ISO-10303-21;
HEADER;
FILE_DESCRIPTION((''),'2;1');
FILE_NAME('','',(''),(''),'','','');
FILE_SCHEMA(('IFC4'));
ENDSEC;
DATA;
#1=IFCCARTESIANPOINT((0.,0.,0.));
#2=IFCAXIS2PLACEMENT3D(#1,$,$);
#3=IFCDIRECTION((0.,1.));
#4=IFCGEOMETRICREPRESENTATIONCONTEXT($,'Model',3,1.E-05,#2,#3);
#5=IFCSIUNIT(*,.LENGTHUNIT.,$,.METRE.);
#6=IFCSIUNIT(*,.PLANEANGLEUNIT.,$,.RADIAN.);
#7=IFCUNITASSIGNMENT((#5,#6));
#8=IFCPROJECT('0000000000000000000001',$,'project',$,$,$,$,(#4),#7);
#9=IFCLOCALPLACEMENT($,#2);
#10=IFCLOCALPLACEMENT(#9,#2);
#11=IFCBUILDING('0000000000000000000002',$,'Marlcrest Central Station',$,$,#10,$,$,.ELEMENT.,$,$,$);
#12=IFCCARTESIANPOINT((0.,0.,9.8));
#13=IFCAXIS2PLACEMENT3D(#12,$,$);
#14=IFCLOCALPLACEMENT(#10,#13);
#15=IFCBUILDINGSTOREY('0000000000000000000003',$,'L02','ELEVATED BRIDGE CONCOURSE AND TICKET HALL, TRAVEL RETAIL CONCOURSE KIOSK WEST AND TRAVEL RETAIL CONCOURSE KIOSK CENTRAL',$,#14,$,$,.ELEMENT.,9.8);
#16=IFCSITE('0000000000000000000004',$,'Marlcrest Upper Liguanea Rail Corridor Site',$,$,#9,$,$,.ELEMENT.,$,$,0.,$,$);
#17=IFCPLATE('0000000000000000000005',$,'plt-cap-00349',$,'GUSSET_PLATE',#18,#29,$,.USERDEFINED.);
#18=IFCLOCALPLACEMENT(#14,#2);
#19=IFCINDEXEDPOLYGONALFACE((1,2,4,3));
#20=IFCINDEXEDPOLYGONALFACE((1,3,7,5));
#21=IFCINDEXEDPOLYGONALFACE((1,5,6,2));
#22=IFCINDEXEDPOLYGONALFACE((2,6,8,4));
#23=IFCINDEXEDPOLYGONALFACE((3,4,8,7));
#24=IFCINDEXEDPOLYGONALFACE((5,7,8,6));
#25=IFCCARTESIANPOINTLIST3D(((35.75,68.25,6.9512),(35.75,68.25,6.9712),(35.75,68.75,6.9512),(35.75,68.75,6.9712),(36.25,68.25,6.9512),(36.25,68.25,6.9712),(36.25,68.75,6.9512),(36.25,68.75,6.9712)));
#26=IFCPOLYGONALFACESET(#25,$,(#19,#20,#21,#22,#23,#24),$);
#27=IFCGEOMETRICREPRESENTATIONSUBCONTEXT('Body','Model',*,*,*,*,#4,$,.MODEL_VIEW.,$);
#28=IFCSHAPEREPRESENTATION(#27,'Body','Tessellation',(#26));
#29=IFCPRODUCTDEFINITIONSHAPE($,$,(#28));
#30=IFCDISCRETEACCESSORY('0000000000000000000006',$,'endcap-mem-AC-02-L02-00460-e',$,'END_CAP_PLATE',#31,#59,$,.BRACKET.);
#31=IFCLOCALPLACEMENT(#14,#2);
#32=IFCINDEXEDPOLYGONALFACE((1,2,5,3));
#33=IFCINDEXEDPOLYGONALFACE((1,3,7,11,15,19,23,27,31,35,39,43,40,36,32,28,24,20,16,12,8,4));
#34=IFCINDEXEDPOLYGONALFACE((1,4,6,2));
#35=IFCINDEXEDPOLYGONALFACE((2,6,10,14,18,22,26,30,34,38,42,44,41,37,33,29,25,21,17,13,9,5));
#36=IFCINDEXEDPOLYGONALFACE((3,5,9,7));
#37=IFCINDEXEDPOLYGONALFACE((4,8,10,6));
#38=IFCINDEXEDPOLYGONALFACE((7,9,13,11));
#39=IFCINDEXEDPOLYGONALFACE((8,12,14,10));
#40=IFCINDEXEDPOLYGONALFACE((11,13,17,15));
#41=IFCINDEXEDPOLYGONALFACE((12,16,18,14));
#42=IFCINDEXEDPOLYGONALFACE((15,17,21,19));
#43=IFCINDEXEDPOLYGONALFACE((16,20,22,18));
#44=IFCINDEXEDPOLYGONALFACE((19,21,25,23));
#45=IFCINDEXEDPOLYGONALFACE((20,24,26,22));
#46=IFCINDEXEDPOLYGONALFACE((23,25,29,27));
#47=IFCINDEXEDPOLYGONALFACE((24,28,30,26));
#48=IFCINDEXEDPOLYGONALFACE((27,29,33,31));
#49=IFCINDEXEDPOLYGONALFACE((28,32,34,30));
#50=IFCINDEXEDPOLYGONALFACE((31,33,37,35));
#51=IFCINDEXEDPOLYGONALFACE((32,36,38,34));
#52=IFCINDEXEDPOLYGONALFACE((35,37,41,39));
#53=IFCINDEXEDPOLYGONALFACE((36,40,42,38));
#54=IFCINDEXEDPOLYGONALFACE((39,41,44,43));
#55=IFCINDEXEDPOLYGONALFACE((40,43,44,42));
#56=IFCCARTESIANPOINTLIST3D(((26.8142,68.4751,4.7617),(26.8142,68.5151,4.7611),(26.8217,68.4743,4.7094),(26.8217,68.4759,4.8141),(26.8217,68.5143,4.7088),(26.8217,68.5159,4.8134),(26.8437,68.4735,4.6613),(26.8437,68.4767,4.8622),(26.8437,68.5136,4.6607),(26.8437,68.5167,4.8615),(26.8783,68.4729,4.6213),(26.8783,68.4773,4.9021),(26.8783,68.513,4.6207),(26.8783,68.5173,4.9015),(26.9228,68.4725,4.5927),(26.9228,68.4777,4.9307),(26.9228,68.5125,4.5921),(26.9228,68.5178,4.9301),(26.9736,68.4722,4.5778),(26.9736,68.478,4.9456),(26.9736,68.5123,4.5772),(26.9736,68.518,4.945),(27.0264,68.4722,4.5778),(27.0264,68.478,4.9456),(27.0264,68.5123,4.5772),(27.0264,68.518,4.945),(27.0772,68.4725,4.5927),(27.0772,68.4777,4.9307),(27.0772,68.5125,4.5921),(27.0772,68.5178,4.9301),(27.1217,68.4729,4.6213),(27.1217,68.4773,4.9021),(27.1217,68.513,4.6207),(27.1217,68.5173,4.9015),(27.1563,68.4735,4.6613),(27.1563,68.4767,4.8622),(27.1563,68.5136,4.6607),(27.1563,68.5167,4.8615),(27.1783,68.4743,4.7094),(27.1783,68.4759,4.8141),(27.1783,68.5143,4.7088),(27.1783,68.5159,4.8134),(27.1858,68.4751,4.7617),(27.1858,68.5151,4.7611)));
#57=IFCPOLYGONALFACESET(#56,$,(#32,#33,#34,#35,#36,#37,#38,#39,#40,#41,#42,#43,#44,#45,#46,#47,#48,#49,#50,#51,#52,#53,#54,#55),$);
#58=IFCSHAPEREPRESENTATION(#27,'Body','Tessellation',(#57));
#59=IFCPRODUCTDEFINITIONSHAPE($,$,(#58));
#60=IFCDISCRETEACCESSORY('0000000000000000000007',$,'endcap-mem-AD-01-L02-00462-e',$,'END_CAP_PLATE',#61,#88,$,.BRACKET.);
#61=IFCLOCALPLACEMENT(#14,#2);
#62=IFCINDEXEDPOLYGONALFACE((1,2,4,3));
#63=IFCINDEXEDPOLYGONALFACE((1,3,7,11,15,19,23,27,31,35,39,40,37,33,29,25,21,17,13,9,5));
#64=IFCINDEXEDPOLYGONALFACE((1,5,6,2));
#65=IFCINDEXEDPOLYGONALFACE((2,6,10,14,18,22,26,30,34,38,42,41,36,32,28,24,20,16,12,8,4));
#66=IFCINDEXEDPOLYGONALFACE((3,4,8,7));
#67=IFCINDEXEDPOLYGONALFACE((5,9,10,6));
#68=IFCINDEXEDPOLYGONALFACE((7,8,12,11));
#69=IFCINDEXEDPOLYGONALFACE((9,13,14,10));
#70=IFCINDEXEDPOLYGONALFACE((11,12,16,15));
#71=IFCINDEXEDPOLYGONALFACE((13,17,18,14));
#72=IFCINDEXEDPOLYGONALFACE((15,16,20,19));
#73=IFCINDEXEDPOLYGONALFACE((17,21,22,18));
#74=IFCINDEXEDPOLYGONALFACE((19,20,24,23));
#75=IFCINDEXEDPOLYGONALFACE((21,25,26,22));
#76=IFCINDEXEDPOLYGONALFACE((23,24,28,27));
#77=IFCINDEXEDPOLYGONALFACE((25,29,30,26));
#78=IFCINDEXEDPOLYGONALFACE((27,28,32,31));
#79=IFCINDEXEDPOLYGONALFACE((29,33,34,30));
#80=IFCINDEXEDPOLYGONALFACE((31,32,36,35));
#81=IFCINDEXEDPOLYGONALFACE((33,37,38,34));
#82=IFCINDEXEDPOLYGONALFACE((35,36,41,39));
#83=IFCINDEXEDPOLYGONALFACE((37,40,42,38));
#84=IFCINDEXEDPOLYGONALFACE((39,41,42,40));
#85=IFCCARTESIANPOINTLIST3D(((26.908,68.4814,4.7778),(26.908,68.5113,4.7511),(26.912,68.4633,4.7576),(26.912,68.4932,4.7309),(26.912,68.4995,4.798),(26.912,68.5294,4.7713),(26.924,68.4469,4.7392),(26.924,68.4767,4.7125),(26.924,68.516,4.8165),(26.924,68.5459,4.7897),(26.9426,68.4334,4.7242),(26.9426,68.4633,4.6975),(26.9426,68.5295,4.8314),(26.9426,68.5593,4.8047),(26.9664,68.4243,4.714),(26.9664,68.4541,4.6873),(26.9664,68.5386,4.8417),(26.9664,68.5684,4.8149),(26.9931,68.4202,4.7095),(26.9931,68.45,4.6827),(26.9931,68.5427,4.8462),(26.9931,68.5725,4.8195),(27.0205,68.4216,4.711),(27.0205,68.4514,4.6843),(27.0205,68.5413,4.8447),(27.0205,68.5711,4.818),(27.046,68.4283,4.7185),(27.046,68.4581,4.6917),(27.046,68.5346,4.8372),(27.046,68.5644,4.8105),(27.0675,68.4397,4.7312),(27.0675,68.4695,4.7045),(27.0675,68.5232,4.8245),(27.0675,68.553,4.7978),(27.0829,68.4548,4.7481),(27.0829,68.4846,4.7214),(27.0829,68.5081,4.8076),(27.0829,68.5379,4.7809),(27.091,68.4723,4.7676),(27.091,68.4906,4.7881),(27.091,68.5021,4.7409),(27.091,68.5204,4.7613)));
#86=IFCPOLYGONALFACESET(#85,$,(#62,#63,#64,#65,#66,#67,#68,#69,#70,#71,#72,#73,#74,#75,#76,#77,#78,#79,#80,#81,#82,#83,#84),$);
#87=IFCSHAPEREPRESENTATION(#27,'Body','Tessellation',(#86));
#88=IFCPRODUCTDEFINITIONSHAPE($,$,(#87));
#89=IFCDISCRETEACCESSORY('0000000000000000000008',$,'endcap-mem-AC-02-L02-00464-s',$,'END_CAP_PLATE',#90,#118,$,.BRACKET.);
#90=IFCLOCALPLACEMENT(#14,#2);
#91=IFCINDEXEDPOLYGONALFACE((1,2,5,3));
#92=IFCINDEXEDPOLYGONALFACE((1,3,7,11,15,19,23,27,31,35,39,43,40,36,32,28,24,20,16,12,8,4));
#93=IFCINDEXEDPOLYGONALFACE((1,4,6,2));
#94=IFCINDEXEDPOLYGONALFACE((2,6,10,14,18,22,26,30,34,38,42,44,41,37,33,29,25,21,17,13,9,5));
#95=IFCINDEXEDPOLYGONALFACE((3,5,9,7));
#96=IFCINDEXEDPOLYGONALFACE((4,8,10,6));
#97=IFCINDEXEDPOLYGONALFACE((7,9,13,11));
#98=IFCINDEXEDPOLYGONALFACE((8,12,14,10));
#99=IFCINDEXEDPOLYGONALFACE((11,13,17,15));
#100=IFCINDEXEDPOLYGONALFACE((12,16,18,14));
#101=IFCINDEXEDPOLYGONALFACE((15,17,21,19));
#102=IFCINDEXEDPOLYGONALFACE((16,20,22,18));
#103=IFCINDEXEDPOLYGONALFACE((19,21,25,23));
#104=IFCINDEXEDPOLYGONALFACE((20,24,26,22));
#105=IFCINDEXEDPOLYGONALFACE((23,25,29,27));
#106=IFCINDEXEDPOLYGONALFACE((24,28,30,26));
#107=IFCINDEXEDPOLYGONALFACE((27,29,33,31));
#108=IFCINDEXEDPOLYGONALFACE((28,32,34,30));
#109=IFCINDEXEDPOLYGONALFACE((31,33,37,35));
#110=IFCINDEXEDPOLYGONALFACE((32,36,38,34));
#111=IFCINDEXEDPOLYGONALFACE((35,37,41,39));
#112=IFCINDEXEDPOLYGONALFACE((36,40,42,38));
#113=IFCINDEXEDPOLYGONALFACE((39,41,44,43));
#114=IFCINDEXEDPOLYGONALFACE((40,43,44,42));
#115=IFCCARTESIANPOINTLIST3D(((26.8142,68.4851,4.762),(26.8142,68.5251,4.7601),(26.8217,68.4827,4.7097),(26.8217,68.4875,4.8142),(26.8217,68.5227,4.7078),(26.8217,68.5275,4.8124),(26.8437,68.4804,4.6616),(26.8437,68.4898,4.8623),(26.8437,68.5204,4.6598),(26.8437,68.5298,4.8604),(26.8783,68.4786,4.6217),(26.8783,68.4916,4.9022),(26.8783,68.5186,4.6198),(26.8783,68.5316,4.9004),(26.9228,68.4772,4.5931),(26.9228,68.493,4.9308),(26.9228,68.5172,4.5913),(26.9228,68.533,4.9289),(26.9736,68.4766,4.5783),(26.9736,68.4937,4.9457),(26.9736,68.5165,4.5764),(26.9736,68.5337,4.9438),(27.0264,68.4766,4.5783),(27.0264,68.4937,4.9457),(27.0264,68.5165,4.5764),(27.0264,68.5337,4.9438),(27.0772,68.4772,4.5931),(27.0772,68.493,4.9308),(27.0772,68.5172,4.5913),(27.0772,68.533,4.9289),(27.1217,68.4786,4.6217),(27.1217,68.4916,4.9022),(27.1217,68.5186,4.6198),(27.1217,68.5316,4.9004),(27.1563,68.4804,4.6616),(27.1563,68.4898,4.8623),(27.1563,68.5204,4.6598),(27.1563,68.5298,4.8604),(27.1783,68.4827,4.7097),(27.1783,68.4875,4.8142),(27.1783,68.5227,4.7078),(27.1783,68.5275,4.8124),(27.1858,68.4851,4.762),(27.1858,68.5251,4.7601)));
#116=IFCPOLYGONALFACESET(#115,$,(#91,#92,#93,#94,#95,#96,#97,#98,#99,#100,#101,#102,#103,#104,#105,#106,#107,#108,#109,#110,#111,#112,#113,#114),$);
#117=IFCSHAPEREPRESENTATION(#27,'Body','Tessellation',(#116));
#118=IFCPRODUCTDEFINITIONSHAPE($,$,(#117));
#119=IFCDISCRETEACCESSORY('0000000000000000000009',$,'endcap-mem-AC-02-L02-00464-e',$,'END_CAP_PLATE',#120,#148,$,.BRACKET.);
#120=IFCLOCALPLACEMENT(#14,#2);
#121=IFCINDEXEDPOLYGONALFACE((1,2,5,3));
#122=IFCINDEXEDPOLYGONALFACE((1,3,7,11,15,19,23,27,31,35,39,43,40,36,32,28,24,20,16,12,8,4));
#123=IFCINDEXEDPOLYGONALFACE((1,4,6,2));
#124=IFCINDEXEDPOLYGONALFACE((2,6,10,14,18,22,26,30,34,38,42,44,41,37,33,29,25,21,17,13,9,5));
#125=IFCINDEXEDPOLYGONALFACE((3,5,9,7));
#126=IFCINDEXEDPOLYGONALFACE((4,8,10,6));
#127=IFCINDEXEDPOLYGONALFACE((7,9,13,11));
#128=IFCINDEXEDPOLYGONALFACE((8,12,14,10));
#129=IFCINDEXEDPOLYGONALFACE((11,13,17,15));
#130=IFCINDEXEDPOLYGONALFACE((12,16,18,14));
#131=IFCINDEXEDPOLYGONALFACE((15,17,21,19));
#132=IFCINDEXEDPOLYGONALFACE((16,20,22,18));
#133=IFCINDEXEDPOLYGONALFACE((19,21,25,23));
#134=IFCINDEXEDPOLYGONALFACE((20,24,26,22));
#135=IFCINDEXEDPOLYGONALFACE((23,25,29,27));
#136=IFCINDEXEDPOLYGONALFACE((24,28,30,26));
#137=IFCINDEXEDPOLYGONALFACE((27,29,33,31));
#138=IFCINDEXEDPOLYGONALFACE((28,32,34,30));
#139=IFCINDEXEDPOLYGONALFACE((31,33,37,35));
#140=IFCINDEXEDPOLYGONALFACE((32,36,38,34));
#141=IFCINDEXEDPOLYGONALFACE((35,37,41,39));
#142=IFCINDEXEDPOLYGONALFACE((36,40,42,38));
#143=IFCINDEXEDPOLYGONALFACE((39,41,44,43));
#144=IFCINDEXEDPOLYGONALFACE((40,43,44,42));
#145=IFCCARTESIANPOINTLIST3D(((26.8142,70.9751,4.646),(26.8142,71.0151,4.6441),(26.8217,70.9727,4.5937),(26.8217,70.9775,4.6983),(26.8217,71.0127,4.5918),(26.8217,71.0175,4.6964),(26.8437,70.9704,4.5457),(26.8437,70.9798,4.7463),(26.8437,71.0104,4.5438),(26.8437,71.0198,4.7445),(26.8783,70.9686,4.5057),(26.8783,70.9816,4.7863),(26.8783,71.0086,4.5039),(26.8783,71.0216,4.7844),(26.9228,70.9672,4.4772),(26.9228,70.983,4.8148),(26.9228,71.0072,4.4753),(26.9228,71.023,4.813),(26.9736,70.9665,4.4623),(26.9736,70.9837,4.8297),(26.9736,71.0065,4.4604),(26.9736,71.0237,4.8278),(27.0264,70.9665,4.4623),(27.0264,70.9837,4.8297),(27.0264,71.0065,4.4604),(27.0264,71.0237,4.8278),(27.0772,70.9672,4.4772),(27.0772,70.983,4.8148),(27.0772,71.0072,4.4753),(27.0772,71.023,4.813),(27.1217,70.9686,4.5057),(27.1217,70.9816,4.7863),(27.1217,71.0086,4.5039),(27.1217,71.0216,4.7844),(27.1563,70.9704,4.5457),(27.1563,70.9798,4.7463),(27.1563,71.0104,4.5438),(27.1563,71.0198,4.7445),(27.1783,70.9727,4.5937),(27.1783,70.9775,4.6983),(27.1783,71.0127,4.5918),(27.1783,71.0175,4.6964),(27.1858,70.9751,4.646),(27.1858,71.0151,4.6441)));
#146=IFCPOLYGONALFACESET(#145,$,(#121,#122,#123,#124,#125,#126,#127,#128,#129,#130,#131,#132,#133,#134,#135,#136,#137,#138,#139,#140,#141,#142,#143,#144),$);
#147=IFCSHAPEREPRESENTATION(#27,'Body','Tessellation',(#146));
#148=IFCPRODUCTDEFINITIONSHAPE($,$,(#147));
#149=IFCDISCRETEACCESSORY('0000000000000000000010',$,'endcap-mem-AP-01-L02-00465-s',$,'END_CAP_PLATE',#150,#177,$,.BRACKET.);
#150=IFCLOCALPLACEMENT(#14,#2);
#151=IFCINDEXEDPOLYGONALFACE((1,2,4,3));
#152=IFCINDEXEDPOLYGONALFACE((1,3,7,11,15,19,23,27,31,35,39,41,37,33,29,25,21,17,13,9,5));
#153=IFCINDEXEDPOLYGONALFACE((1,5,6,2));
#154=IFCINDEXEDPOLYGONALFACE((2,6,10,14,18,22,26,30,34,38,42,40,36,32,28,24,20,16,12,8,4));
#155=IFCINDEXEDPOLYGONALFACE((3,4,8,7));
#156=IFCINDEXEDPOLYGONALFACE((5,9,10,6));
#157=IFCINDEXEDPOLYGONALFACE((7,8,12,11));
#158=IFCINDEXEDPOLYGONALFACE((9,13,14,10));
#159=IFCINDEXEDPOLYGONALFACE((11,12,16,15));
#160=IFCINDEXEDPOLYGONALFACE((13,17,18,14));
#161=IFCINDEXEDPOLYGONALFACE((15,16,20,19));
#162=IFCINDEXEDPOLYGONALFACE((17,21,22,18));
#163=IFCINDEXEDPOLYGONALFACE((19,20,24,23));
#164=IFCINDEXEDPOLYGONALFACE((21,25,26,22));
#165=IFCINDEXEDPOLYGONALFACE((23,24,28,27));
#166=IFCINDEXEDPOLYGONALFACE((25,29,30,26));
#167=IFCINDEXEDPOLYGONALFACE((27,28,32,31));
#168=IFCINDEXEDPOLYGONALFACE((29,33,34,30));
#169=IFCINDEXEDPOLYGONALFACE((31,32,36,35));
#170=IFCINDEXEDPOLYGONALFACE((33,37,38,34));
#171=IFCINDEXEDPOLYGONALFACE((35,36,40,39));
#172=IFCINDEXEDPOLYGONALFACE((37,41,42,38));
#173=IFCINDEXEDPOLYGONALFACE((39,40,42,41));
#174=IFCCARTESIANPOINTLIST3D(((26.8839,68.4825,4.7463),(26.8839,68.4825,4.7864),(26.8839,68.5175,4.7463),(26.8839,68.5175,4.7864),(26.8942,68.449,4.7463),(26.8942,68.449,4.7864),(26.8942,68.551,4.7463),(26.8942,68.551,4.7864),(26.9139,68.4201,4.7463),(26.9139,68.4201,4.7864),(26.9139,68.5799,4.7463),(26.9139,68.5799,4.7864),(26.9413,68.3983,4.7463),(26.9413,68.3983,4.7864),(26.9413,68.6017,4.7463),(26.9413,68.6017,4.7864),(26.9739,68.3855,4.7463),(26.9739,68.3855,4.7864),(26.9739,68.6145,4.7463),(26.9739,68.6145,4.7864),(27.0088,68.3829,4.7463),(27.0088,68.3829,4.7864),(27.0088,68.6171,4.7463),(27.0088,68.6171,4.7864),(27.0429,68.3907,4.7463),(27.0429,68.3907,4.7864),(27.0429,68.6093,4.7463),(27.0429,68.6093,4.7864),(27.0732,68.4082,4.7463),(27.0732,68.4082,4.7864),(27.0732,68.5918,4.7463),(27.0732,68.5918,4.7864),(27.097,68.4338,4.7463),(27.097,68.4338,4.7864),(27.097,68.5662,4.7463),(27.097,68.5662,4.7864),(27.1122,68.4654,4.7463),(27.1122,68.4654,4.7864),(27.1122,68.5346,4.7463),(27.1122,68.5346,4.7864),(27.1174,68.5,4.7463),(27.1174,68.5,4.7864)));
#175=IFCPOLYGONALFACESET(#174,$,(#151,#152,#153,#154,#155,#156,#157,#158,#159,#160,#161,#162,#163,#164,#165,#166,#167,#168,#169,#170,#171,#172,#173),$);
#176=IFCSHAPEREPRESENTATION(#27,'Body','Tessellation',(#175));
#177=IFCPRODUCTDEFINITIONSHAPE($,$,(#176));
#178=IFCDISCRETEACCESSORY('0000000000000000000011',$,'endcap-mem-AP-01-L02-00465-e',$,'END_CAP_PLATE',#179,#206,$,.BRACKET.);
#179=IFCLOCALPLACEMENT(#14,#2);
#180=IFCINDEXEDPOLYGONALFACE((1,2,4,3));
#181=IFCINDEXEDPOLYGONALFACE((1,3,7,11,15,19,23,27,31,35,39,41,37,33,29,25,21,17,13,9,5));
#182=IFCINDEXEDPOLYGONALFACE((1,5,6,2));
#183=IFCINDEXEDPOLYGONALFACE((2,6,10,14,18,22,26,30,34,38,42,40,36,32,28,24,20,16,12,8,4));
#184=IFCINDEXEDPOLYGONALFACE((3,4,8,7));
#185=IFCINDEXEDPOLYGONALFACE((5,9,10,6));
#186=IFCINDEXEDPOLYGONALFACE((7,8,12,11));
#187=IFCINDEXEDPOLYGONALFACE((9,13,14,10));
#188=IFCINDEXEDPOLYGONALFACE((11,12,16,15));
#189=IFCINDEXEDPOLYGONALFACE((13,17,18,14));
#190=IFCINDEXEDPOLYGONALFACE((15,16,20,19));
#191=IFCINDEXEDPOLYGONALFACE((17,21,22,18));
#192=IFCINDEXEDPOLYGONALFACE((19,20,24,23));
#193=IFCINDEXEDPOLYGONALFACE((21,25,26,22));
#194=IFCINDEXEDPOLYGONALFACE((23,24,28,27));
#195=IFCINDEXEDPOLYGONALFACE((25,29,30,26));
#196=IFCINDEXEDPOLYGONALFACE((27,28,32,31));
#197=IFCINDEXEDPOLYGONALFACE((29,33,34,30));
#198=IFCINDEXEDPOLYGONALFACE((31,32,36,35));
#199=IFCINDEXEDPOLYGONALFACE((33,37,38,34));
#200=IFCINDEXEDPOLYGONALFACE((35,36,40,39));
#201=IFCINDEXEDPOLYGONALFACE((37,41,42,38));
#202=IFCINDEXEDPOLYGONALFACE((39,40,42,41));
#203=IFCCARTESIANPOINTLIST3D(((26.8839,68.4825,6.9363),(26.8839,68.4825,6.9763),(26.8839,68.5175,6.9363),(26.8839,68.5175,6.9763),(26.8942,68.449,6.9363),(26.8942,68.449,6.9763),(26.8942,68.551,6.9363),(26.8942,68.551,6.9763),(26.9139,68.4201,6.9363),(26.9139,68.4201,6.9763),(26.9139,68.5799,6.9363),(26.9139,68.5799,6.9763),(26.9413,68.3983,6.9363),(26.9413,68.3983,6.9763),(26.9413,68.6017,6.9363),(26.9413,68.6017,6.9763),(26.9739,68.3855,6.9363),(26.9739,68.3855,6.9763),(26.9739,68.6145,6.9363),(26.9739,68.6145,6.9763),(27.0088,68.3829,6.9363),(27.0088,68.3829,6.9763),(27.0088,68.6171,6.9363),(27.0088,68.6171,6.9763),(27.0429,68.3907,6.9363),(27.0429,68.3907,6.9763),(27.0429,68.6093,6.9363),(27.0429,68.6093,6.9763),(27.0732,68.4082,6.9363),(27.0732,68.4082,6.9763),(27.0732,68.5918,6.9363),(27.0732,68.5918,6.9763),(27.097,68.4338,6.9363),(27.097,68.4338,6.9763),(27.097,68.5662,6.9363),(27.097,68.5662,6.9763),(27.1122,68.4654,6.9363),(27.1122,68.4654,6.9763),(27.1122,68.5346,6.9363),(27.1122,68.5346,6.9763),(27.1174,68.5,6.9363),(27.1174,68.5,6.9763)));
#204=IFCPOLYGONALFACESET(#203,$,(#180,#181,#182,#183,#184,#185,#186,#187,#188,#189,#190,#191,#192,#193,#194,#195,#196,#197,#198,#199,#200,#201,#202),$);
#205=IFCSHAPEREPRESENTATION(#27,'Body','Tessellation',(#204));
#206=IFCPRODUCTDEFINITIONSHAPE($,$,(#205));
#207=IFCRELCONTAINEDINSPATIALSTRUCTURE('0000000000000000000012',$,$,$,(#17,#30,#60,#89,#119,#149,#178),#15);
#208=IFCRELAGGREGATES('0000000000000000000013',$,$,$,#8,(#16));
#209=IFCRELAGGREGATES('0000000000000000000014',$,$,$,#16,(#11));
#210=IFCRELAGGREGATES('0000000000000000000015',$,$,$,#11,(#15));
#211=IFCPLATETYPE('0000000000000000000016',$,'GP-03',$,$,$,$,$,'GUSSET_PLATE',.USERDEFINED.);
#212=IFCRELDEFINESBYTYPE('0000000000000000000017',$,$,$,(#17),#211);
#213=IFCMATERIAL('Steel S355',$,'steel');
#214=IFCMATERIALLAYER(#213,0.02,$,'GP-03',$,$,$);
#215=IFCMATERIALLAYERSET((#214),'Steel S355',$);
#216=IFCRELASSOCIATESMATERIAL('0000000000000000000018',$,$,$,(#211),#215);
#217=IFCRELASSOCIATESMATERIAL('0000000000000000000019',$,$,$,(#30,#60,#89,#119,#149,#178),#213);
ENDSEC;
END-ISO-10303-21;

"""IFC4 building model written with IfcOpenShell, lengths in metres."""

from ifc_helpers import new_model, si_unit, direction, frame, origin, origin_2d, place, context, subcontext, project, spatial, rectangle, circle, extrude, material, layer, layer_set, type_object, element, save


model = new_model("IFC4")

# Units and contexts
model_context = context("Model", 3, precision=1e-05, world=origin(), true_north=direction((0.0, 1.0)))
body_context = subcontext(model_context, "Body", "Model", "MODEL_VIEW")
ifc_project = project(units=[si_unit("LENGTHUNIT", "METRE"), si_unit("PLANEANGLEUNIT", "RADIAN")], contexts=[model_context])

# Site, building, storey
site_placement = place(None, origin())
site = spatial("IfcSite", under=ifc_project, at=site_placement, Name="Marlcrest Upper Liguanea Rail Corridor Site", CompositionType="ELEMENT", RefElevation=0.0)
building_placement = place(site_placement, origin())
building = spatial("IfcBuilding", under=site, at=building_placement, Name="Marlcrest Central Station", CompositionType="ELEMENT")
storey_placement = place(building_placement, frame((0.0, 0.0, 9.8)))
storey = spatial("IfcBuildingStorey", under=building, at=storey_placement, Name="L02", Description="ELEVATED BRIDGE CONCOURSE AND TICKET HALL, TRAVEL RETAIL CONCOURSE KIOSK WEST AND TRAVEL RETAIL CONCOURSE KIOSK CENTRAL", CompositionType="ELEMENT", Elevation=9.8)

# Shared definitions
ifc_material = material(Name="Steel S355", Category="steel")

# Plate
ifc_layer = layer(ifc_material, 0.02, Name="GP-03")
ifc_layer_set = layer_set([ifc_layer], Name="Steel S355")
plate_type = type_object("IfcPlateType", Name="GP-03", ElementType="GUSSET_PLATE", PredefinedType="USERDEFINED", material=ifc_layer_set)
for number, where, z_axis, x_axis, name in (
    (1, (36.0, 68.5, 6.9512), (0.0, 0.0, 1.0), (1.0, 0.0, 0.0), "plt-cap-00349"),
):
    element("IfcPlate", number, at=place(storey_placement, frame(where, z_axis=z_axis, x_axis=x_axis)), inside=storey, type_object=plate_type, Name=name, ObjectType="GUSSET_PLATE", PredefinedType="USERDEFINED", context=body_context, shape_type="SweptSolid", body=[
        extrude(rectangle(XDim=0.5, YDim=0.5, at=origin_2d()), origin(), (0.0, 0.0, 1.0), 0.02),
    ])

# Discrete accessories
discrete_accessory_1_placement = place(storey_placement, frame((27.0, 68.4751, 4.7617), z_axis=(0.0, 0.999879, -0.015525), x_axis=(-1.0, 0.0, 0.0)))
element("IfcDiscreteAccessory", 2, at=discrete_accessory_1_placement, inside=storey, material=ifc_material, Name="endcap-mem-AC-02-L02-00460-e", ObjectType="END_CAP_PLATE", PredefinedType="BRACKET", context=body_context, shape_type="SweptSolid", body=[
    extrude(circle(Radius=0.1858, at=origin_2d()), origin(), (0.0, 0.0, 1.0), 0.04),
])
discrete_accessory_2_placement = place(storey_placement, frame((27.0, 68.4814, 4.7778), z_axis=(0.0, 0.744956, -0.667114), x_axis=(-1.0, 0.0, 0.0)))
element("IfcDiscreteAccessory", 3, at=discrete_accessory_2_placement, inside=storey, material=ifc_material, Name="endcap-mem-AD-01-L02-00462-e", ObjectType="END_CAP_PLATE", PredefinedType="BRACKET", context=body_context, shape_type="SweptSolid", body=[
    extrude(circle(Radius=0.092, at=origin_2d()), origin(), (0.0, 0.0, 1.0), 0.04),
])
for number, where, z_axis, x_axis, name in (
    (4, (27.0, 68.4851, 4.762), (0.0, 0.998917, -0.046532), (-1.0, 0.0, 0.0), "endcap-mem-AC-02-L02-00464-s"),
    (5, (27.0, 70.9751, 4.646), (0.0, 0.998917, -0.046532), (-1.0, 0.0, 0.0), "endcap-mem-AC-02-L02-00464-e"),
):
    element("IfcDiscreteAccessory", number, at=place(storey_placement, frame(where, z_axis=z_axis, x_axis=x_axis)), inside=storey, material=ifc_material, Name=name, ObjectType="END_CAP_PLATE", PredefinedType="BRACKET", context=body_context, shape_type="SweptSolid", body=[
        extrude(circle(Radius=0.1858, at=origin_2d()), origin(), (0.0, 0.0, 1.0), 0.04),
    ])
for number, where, z_axis, x_axis, name in (
    (6, (27.0, 68.5, 4.7463), (0.0, 0.0, 1.0), (1.0, 0.0, 0.0), "endcap-mem-AP-01-L02-00465-s"),
    (7, (27.0, 68.5, 6.9363), (0.0, 0.0, 1.0), (1.0, 0.0, 0.0), "endcap-mem-AP-01-L02-00465-e"),
):
    element("IfcDiscreteAccessory", number, at=place(storey_placement, frame(where, z_axis=z_axis, x_axis=x_axis)), inside=storey, material=ifc_material, Name=name, ObjectType="END_CAP_PLATE", PredefinedType="BRACKET", context=body_context, shape_type="SweptSolid", body=[
        extrude(circle(Radius=0.1174, at=origin_2d()), origin(), (0.0, 0.0, 1.0), 0.04),
    ])

save(model, "model.ifc")
